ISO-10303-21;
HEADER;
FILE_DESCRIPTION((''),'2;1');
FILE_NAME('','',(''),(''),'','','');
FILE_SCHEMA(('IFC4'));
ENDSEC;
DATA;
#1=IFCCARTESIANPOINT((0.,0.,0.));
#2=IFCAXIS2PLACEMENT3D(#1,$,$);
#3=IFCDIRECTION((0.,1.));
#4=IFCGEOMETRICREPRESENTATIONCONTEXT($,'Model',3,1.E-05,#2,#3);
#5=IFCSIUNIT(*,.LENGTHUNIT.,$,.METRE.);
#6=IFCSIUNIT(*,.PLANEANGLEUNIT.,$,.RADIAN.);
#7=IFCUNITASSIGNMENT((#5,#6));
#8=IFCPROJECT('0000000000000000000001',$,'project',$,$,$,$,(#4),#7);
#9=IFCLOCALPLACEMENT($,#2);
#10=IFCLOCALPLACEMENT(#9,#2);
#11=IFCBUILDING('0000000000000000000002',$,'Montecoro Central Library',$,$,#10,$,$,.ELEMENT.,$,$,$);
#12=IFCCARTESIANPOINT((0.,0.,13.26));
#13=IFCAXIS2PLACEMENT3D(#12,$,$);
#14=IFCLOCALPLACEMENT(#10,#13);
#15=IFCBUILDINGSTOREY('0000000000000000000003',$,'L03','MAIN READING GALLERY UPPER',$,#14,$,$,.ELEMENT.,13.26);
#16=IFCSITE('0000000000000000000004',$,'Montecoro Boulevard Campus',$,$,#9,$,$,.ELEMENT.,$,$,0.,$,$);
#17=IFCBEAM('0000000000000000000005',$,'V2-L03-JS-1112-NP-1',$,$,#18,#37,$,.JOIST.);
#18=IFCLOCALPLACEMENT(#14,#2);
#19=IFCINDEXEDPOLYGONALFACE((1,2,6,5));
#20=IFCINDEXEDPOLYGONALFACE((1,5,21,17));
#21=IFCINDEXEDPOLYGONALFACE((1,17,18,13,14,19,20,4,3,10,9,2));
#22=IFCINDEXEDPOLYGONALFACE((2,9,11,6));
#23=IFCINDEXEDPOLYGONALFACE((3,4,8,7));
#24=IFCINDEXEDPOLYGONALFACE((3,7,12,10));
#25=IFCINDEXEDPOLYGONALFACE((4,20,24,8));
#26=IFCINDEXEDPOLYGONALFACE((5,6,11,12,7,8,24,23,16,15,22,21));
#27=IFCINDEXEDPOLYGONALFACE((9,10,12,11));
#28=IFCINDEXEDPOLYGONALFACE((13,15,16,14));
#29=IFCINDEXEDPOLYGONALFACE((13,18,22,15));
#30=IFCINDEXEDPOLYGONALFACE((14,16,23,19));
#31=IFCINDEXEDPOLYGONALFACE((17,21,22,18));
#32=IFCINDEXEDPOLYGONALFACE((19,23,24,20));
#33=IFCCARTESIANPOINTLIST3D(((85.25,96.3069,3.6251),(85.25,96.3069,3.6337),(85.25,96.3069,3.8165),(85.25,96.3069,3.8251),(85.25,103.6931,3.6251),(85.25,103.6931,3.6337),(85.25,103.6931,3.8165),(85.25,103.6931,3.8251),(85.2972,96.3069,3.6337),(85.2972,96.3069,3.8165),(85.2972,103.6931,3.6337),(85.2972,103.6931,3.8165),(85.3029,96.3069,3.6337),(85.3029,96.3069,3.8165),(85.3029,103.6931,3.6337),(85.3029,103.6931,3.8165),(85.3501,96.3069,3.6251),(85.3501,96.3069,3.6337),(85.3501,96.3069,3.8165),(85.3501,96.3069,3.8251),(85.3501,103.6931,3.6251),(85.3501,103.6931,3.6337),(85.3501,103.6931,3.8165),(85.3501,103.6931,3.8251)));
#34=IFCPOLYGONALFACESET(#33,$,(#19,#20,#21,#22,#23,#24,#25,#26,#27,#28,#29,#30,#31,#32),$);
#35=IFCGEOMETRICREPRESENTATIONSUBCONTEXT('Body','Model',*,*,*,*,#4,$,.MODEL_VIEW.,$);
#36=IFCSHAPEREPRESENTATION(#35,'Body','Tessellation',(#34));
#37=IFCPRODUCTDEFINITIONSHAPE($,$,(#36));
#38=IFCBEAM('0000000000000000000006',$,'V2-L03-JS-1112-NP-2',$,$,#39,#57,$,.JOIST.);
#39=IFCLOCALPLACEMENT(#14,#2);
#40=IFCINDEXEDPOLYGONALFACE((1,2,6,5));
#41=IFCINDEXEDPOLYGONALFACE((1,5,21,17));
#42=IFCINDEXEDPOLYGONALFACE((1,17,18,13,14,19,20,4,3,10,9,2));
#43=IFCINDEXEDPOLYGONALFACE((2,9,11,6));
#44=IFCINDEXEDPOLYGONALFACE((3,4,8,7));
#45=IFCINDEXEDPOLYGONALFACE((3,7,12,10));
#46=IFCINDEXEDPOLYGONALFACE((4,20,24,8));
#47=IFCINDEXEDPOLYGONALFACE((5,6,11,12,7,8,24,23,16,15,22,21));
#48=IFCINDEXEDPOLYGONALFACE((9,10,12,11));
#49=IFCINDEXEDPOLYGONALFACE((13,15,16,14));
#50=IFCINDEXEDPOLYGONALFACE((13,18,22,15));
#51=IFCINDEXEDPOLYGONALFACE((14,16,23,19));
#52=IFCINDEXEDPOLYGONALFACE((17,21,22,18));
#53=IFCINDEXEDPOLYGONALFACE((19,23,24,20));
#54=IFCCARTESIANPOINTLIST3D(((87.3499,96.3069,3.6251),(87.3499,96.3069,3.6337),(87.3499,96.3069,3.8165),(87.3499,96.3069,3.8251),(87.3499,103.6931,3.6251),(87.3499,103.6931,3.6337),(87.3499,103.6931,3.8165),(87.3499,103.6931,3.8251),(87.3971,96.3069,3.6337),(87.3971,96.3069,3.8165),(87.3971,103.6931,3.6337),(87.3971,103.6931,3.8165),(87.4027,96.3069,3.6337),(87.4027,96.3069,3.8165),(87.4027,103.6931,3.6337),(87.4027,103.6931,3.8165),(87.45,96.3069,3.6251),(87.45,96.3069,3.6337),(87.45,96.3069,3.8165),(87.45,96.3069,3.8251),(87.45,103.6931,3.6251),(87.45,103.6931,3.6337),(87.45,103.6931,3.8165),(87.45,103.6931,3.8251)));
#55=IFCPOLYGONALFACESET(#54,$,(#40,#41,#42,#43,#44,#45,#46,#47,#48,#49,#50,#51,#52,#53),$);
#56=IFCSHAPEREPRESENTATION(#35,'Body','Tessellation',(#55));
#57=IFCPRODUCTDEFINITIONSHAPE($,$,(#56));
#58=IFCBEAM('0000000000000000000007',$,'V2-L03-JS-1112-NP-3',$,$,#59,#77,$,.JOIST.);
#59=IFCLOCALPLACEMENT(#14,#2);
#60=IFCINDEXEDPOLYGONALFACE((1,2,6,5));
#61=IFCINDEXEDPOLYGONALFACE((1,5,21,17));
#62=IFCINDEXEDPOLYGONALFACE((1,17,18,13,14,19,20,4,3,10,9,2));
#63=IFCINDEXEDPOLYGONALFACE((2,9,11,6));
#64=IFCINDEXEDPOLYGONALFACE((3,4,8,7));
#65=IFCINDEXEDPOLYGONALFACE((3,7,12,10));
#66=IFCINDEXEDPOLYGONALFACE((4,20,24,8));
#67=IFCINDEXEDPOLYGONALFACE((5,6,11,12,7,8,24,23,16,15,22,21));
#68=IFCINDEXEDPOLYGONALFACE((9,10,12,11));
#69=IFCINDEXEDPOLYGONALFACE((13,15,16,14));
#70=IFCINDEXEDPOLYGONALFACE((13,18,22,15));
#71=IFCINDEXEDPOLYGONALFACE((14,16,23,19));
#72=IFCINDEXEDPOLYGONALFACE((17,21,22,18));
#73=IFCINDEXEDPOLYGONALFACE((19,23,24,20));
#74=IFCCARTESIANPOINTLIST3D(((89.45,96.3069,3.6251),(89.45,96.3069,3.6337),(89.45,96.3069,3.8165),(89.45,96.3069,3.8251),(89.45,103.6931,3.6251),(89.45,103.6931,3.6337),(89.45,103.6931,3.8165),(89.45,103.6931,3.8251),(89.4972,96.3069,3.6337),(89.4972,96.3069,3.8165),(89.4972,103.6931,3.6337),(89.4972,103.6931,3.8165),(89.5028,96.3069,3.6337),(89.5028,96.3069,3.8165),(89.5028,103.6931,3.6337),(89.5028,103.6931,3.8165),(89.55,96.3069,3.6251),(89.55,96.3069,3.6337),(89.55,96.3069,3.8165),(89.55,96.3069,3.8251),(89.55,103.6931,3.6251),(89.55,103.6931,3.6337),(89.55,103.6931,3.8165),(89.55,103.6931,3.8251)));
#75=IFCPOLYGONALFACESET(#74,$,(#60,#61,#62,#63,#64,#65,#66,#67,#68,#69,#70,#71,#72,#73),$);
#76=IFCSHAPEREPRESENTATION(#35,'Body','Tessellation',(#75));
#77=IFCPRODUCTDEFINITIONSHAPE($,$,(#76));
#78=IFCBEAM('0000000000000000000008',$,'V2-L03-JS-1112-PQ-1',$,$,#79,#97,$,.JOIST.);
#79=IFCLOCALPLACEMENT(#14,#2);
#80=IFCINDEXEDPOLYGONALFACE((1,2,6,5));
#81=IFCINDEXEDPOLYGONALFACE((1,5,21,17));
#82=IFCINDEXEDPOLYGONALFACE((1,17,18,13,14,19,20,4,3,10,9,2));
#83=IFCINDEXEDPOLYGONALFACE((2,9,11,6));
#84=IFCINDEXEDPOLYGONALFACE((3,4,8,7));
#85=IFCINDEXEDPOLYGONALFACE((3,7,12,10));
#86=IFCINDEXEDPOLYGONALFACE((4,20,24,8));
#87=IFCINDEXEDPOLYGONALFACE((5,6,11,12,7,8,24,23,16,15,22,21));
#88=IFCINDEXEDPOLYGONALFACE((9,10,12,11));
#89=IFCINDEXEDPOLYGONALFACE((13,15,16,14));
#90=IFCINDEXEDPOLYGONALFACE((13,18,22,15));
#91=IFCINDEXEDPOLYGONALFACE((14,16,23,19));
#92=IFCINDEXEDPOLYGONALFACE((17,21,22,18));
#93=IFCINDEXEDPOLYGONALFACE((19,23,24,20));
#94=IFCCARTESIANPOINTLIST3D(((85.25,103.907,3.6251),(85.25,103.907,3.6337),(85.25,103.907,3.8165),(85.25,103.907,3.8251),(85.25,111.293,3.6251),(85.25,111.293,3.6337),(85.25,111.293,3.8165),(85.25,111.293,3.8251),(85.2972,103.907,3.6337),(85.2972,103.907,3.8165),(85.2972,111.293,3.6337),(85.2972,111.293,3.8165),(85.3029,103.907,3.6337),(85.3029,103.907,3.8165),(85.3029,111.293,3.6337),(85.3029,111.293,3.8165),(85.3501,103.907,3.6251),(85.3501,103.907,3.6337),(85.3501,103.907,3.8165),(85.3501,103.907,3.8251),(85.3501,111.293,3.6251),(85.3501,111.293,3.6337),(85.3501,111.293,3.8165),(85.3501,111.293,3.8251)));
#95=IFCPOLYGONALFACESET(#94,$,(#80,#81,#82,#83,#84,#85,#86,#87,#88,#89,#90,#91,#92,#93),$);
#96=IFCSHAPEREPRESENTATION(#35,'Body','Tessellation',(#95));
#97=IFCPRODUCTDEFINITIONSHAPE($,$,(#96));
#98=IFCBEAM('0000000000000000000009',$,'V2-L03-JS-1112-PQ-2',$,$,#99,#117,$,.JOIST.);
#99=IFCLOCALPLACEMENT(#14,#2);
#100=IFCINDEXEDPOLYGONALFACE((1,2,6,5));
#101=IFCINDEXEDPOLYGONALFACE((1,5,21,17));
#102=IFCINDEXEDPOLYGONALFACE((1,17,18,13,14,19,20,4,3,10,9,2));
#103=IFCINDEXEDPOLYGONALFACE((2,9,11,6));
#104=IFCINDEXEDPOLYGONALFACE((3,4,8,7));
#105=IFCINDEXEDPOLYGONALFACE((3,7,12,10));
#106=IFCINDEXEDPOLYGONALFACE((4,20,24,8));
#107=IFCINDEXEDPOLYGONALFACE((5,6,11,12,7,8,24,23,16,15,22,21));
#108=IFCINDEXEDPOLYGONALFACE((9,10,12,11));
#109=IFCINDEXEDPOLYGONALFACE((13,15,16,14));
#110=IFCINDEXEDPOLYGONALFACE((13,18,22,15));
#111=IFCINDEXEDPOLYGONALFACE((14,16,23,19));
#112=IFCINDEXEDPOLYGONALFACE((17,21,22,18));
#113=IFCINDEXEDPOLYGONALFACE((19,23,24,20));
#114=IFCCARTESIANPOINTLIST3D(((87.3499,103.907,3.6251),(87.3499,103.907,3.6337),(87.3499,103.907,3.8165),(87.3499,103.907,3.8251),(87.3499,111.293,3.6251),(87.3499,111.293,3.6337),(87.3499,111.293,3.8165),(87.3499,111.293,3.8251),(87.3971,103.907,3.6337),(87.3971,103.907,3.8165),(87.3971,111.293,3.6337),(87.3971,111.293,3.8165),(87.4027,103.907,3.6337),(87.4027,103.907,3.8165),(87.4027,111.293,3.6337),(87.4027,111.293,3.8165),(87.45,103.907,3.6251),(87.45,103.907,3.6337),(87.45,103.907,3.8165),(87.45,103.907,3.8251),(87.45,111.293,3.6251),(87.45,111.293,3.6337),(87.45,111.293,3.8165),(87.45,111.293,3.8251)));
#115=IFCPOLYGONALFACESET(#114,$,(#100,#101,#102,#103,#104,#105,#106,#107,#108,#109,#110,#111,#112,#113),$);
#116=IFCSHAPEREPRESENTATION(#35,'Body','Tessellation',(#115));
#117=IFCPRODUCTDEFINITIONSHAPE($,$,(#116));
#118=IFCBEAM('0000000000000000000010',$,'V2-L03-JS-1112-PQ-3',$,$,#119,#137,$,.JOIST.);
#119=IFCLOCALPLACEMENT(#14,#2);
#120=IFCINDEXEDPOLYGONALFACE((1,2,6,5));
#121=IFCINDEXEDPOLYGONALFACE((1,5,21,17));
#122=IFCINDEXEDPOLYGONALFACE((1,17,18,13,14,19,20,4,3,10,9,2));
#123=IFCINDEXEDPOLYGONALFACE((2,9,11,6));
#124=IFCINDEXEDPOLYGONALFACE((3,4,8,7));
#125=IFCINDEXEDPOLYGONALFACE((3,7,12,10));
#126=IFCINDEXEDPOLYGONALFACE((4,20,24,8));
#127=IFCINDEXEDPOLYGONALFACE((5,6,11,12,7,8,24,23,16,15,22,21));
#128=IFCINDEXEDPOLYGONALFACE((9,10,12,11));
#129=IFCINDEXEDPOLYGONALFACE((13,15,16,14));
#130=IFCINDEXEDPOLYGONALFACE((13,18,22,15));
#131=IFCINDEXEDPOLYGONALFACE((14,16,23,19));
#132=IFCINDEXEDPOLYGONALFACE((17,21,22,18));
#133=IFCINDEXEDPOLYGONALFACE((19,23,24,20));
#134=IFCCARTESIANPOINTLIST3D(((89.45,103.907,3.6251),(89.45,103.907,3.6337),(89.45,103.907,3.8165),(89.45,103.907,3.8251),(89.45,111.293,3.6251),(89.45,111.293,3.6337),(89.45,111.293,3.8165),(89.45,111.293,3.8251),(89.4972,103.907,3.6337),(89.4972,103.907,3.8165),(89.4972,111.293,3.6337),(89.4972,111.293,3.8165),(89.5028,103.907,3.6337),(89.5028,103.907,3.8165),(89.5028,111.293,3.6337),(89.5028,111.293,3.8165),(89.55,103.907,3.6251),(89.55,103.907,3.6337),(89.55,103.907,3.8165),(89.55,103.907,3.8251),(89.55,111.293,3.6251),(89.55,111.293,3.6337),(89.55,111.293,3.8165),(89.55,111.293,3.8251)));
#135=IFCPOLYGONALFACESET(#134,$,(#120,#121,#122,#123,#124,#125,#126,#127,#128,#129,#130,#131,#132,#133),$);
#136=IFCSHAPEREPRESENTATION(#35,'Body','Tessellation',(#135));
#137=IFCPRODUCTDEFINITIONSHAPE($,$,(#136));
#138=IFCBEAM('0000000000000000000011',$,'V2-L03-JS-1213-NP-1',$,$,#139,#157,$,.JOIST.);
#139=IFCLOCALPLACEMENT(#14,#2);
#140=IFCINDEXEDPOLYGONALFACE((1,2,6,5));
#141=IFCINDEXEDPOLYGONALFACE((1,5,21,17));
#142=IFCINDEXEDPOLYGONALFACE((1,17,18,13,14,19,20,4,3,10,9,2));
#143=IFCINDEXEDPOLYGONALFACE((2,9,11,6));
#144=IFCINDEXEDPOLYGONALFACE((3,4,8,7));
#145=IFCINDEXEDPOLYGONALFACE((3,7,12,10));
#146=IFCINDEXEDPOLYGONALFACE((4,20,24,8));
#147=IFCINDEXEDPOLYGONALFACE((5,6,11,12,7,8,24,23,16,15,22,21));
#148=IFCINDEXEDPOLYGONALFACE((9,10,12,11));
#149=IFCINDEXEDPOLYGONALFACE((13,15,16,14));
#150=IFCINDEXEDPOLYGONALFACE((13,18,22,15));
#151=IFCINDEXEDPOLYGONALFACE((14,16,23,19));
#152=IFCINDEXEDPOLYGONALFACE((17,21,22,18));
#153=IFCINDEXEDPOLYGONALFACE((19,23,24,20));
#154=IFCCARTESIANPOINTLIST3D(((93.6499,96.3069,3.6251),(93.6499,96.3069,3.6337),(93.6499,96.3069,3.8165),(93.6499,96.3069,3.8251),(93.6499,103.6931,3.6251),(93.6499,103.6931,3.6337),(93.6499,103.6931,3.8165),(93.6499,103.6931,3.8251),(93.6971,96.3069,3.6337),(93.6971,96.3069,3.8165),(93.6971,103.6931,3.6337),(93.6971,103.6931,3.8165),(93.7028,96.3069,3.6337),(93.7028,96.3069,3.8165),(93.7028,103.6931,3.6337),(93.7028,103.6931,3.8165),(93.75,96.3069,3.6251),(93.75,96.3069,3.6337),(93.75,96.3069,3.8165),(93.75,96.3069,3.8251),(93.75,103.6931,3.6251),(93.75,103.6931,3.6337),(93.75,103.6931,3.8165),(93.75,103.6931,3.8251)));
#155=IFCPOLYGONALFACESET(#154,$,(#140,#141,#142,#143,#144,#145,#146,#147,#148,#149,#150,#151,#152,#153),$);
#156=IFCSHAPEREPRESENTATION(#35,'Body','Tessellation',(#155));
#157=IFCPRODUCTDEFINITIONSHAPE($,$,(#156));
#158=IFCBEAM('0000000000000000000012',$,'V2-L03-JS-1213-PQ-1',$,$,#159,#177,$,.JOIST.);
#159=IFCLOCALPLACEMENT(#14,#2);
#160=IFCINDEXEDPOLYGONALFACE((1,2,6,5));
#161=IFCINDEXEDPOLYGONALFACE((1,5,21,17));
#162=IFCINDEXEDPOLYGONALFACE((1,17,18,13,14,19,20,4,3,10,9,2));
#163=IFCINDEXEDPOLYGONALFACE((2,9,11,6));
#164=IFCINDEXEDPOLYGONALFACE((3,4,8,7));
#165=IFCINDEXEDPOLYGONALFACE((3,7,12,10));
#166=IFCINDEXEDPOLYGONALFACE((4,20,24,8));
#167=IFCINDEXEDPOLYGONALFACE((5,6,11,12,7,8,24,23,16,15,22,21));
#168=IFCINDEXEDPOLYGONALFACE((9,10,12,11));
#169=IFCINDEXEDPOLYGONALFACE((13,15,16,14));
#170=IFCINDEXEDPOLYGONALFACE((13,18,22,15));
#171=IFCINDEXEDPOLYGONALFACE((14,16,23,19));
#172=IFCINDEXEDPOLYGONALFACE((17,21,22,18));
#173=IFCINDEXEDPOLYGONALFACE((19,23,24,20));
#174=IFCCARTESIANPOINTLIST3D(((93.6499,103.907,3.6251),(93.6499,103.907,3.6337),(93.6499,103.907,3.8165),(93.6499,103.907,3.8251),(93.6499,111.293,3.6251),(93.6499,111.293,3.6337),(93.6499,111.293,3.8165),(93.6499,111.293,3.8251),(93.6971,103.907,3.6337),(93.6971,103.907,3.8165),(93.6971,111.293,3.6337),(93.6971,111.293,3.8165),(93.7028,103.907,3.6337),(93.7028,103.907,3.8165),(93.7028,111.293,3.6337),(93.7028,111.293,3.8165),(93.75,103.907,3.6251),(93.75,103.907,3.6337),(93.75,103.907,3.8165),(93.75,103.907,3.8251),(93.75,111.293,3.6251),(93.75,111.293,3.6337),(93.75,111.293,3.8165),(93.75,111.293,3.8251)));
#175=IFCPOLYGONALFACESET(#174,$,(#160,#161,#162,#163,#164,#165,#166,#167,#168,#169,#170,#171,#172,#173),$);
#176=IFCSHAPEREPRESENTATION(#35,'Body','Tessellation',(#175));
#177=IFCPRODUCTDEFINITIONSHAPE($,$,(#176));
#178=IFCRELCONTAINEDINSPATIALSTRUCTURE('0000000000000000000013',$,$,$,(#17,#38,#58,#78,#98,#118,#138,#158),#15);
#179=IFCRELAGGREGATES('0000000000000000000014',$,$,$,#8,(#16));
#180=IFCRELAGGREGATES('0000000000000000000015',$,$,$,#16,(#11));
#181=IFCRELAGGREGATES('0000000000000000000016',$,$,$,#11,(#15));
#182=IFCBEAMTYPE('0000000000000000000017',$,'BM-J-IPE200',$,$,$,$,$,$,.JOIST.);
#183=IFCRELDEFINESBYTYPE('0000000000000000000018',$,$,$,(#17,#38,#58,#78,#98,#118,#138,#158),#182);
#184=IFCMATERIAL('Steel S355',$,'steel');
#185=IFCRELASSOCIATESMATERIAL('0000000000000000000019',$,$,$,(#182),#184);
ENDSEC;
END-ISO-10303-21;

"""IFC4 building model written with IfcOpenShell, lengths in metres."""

from ifc_helpers import new_model, si_unit, direction, frame, origin, origin_2d, place, context, subcontext, project, spatial, i_section, extrude, material, material_profile, profile_set, type_object, element, save


model = new_model("IFC4")

# Units and contexts
model_context = context("Model", 3, precision=1e-05, world=origin(), true_north=direction((0.0, 1.0)))
body_context = subcontext(model_context, "Body", "Model", "MODEL_VIEW")
ifc_project = project(units=[si_unit("LENGTHUNIT", "METRE"), si_unit("PLANEANGLEUNIT", "RADIAN")], contexts=[model_context])

# Site, building, storey
site_placement = place(None, origin())
site = spatial("IfcSite", under=ifc_project, at=site_placement, Name="Montecoro Boulevard Campus", CompositionType="ELEMENT", RefElevation=0.0)
building_placement = place(site_placement, origin())
building = spatial("IfcBuilding", under=site, at=building_placement, Name="Montecoro Central Library", CompositionType="ELEMENT")
storey_placement = place(building_placement, frame((0.0, 0.0, 13.26)))
storey = spatial("IfcBuildingStorey", under=building, at=storey_placement, Name="L03", Description="MAIN READING GALLERY UPPER", CompositionType="ELEMENT", Elevation=13.26)

# Shared definitions
ifc_material_1 = material(Name="Steel S355", Category="steel")

# Beams
ifc_material_profile_1 = material_profile(ifc_material_1, i_section(OverallWidth=0.1001, OverallDepth=0.2, WebThickness=0.0056, FlangeThickness=0.0085, at=origin_2d()), Name="IPE 200")
ifc_profile_set_1 = profile_set([ifc_material_profile_1], Name="Steel S355")
beam_type_1 = type_object("IfcBeamType", Name="BM-J-IPE200", PredefinedType="JOIST", material=ifc_profile_set_1)
for number, where, z_axis, x_axis, name in (
    (1, (85.3, 96.3069, 3.7251), (0.0, 1.0, 0.0), (-1.0, 0.0, 0.0), "V2-L03-JS-1112-NP-1"),
    (2, (87.3999, 96.3069, 3.7251), (0.0, 1.0, 0.0), (-1.0, 0.0, 0.0), "V2-L03-JS-1112-NP-2"),
    (3, (89.5, 96.3069, 3.7251), (0.0, 1.0, 0.0), (-1.0, 0.0, 0.0), "V2-L03-JS-1112-NP-3"),
):
    element("IfcBeam", number, at=place(storey_placement, frame(where, z_axis=z_axis, x_axis=x_axis)), inside=storey, type_object=beam_type_1, Name=name, PredefinedType="JOIST", context=body_context, shape_type="SweptSolid", body=[
        extrude(i_section(OverallWidth=0.1001, OverallDepth=0.2, WebThickness=0.0056, FlangeThickness=0.0085, at=origin_2d()), origin(), (0.0, 0.0, 1.0), 7.3862),
    ])
for number, where, z_axis, x_axis, name in (
    (4, (85.3, 103.907, 3.7251), (0.0, 1.0, 0.0), (-1.0, 0.0, 0.0), "V2-L03-JS-1112-PQ-1"),
    (5, (87.3999, 103.907, 3.7251), (0.0, 1.0, 0.0), (-1.0, 0.0, 0.0), "V2-L03-JS-1112-PQ-2"),
    (6, (89.5, 103.907, 3.7251), (0.0, 1.0, 0.0), (-1.0, 0.0, 0.0), "V2-L03-JS-1112-PQ-3"),
):
    element("IfcBeam", number, at=place(storey_placement, frame(where, z_axis=z_axis, x_axis=x_axis)), inside=storey, type_object=beam_type_1, Name=name, PredefinedType="JOIST", context=body_context, shape_type="SweptSolid", body=[
        extrude(i_section(OverallWidth=0.1001, OverallDepth=0.2, WebThickness=0.0056, FlangeThickness=0.0085, at=origin_2d()), origin(), (0.0, 0.0, 1.0), 7.386),
    ])
beam_1_placement = place(storey_placement, frame((93.7, 96.3069, 3.7251), z_axis=(0.0, 1.0, 0.0), x_axis=(-1.0, 0.0, 0.0)))
element("IfcBeam", 7, at=beam_1_placement, inside=storey, type_object=beam_type_1, Name="V2-L03-JS-1213-NP-1", PredefinedType="JOIST", context=body_context, shape_type="SweptSolid", body=[
    extrude(i_section(OverallWidth=0.1001, OverallDepth=0.2, WebThickness=0.0056, FlangeThickness=0.0085, at=origin_2d()), origin(), (0.0, 0.0, 1.0), 7.3862),
])
beam_2_placement = place(storey_placement, frame((93.7, 103.907, 3.7251), z_axis=(0.0, 1.0, 0.0), x_axis=(-1.0, 0.0, 0.0)))
element("IfcBeam", 8, at=beam_2_placement, inside=storey, type_object=beam_type_1, Name="V2-L03-JS-1213-PQ-1", PredefinedType="JOIST", context=body_context, shape_type="SweptSolid", body=[
    extrude(i_section(OverallWidth=0.1001, OverallDepth=0.2, WebThickness=0.0056, FlangeThickness=0.0085, at=origin_2d()), origin(), (0.0, 0.0, 1.0), 7.386),
])

save(model, "model.ifc")
